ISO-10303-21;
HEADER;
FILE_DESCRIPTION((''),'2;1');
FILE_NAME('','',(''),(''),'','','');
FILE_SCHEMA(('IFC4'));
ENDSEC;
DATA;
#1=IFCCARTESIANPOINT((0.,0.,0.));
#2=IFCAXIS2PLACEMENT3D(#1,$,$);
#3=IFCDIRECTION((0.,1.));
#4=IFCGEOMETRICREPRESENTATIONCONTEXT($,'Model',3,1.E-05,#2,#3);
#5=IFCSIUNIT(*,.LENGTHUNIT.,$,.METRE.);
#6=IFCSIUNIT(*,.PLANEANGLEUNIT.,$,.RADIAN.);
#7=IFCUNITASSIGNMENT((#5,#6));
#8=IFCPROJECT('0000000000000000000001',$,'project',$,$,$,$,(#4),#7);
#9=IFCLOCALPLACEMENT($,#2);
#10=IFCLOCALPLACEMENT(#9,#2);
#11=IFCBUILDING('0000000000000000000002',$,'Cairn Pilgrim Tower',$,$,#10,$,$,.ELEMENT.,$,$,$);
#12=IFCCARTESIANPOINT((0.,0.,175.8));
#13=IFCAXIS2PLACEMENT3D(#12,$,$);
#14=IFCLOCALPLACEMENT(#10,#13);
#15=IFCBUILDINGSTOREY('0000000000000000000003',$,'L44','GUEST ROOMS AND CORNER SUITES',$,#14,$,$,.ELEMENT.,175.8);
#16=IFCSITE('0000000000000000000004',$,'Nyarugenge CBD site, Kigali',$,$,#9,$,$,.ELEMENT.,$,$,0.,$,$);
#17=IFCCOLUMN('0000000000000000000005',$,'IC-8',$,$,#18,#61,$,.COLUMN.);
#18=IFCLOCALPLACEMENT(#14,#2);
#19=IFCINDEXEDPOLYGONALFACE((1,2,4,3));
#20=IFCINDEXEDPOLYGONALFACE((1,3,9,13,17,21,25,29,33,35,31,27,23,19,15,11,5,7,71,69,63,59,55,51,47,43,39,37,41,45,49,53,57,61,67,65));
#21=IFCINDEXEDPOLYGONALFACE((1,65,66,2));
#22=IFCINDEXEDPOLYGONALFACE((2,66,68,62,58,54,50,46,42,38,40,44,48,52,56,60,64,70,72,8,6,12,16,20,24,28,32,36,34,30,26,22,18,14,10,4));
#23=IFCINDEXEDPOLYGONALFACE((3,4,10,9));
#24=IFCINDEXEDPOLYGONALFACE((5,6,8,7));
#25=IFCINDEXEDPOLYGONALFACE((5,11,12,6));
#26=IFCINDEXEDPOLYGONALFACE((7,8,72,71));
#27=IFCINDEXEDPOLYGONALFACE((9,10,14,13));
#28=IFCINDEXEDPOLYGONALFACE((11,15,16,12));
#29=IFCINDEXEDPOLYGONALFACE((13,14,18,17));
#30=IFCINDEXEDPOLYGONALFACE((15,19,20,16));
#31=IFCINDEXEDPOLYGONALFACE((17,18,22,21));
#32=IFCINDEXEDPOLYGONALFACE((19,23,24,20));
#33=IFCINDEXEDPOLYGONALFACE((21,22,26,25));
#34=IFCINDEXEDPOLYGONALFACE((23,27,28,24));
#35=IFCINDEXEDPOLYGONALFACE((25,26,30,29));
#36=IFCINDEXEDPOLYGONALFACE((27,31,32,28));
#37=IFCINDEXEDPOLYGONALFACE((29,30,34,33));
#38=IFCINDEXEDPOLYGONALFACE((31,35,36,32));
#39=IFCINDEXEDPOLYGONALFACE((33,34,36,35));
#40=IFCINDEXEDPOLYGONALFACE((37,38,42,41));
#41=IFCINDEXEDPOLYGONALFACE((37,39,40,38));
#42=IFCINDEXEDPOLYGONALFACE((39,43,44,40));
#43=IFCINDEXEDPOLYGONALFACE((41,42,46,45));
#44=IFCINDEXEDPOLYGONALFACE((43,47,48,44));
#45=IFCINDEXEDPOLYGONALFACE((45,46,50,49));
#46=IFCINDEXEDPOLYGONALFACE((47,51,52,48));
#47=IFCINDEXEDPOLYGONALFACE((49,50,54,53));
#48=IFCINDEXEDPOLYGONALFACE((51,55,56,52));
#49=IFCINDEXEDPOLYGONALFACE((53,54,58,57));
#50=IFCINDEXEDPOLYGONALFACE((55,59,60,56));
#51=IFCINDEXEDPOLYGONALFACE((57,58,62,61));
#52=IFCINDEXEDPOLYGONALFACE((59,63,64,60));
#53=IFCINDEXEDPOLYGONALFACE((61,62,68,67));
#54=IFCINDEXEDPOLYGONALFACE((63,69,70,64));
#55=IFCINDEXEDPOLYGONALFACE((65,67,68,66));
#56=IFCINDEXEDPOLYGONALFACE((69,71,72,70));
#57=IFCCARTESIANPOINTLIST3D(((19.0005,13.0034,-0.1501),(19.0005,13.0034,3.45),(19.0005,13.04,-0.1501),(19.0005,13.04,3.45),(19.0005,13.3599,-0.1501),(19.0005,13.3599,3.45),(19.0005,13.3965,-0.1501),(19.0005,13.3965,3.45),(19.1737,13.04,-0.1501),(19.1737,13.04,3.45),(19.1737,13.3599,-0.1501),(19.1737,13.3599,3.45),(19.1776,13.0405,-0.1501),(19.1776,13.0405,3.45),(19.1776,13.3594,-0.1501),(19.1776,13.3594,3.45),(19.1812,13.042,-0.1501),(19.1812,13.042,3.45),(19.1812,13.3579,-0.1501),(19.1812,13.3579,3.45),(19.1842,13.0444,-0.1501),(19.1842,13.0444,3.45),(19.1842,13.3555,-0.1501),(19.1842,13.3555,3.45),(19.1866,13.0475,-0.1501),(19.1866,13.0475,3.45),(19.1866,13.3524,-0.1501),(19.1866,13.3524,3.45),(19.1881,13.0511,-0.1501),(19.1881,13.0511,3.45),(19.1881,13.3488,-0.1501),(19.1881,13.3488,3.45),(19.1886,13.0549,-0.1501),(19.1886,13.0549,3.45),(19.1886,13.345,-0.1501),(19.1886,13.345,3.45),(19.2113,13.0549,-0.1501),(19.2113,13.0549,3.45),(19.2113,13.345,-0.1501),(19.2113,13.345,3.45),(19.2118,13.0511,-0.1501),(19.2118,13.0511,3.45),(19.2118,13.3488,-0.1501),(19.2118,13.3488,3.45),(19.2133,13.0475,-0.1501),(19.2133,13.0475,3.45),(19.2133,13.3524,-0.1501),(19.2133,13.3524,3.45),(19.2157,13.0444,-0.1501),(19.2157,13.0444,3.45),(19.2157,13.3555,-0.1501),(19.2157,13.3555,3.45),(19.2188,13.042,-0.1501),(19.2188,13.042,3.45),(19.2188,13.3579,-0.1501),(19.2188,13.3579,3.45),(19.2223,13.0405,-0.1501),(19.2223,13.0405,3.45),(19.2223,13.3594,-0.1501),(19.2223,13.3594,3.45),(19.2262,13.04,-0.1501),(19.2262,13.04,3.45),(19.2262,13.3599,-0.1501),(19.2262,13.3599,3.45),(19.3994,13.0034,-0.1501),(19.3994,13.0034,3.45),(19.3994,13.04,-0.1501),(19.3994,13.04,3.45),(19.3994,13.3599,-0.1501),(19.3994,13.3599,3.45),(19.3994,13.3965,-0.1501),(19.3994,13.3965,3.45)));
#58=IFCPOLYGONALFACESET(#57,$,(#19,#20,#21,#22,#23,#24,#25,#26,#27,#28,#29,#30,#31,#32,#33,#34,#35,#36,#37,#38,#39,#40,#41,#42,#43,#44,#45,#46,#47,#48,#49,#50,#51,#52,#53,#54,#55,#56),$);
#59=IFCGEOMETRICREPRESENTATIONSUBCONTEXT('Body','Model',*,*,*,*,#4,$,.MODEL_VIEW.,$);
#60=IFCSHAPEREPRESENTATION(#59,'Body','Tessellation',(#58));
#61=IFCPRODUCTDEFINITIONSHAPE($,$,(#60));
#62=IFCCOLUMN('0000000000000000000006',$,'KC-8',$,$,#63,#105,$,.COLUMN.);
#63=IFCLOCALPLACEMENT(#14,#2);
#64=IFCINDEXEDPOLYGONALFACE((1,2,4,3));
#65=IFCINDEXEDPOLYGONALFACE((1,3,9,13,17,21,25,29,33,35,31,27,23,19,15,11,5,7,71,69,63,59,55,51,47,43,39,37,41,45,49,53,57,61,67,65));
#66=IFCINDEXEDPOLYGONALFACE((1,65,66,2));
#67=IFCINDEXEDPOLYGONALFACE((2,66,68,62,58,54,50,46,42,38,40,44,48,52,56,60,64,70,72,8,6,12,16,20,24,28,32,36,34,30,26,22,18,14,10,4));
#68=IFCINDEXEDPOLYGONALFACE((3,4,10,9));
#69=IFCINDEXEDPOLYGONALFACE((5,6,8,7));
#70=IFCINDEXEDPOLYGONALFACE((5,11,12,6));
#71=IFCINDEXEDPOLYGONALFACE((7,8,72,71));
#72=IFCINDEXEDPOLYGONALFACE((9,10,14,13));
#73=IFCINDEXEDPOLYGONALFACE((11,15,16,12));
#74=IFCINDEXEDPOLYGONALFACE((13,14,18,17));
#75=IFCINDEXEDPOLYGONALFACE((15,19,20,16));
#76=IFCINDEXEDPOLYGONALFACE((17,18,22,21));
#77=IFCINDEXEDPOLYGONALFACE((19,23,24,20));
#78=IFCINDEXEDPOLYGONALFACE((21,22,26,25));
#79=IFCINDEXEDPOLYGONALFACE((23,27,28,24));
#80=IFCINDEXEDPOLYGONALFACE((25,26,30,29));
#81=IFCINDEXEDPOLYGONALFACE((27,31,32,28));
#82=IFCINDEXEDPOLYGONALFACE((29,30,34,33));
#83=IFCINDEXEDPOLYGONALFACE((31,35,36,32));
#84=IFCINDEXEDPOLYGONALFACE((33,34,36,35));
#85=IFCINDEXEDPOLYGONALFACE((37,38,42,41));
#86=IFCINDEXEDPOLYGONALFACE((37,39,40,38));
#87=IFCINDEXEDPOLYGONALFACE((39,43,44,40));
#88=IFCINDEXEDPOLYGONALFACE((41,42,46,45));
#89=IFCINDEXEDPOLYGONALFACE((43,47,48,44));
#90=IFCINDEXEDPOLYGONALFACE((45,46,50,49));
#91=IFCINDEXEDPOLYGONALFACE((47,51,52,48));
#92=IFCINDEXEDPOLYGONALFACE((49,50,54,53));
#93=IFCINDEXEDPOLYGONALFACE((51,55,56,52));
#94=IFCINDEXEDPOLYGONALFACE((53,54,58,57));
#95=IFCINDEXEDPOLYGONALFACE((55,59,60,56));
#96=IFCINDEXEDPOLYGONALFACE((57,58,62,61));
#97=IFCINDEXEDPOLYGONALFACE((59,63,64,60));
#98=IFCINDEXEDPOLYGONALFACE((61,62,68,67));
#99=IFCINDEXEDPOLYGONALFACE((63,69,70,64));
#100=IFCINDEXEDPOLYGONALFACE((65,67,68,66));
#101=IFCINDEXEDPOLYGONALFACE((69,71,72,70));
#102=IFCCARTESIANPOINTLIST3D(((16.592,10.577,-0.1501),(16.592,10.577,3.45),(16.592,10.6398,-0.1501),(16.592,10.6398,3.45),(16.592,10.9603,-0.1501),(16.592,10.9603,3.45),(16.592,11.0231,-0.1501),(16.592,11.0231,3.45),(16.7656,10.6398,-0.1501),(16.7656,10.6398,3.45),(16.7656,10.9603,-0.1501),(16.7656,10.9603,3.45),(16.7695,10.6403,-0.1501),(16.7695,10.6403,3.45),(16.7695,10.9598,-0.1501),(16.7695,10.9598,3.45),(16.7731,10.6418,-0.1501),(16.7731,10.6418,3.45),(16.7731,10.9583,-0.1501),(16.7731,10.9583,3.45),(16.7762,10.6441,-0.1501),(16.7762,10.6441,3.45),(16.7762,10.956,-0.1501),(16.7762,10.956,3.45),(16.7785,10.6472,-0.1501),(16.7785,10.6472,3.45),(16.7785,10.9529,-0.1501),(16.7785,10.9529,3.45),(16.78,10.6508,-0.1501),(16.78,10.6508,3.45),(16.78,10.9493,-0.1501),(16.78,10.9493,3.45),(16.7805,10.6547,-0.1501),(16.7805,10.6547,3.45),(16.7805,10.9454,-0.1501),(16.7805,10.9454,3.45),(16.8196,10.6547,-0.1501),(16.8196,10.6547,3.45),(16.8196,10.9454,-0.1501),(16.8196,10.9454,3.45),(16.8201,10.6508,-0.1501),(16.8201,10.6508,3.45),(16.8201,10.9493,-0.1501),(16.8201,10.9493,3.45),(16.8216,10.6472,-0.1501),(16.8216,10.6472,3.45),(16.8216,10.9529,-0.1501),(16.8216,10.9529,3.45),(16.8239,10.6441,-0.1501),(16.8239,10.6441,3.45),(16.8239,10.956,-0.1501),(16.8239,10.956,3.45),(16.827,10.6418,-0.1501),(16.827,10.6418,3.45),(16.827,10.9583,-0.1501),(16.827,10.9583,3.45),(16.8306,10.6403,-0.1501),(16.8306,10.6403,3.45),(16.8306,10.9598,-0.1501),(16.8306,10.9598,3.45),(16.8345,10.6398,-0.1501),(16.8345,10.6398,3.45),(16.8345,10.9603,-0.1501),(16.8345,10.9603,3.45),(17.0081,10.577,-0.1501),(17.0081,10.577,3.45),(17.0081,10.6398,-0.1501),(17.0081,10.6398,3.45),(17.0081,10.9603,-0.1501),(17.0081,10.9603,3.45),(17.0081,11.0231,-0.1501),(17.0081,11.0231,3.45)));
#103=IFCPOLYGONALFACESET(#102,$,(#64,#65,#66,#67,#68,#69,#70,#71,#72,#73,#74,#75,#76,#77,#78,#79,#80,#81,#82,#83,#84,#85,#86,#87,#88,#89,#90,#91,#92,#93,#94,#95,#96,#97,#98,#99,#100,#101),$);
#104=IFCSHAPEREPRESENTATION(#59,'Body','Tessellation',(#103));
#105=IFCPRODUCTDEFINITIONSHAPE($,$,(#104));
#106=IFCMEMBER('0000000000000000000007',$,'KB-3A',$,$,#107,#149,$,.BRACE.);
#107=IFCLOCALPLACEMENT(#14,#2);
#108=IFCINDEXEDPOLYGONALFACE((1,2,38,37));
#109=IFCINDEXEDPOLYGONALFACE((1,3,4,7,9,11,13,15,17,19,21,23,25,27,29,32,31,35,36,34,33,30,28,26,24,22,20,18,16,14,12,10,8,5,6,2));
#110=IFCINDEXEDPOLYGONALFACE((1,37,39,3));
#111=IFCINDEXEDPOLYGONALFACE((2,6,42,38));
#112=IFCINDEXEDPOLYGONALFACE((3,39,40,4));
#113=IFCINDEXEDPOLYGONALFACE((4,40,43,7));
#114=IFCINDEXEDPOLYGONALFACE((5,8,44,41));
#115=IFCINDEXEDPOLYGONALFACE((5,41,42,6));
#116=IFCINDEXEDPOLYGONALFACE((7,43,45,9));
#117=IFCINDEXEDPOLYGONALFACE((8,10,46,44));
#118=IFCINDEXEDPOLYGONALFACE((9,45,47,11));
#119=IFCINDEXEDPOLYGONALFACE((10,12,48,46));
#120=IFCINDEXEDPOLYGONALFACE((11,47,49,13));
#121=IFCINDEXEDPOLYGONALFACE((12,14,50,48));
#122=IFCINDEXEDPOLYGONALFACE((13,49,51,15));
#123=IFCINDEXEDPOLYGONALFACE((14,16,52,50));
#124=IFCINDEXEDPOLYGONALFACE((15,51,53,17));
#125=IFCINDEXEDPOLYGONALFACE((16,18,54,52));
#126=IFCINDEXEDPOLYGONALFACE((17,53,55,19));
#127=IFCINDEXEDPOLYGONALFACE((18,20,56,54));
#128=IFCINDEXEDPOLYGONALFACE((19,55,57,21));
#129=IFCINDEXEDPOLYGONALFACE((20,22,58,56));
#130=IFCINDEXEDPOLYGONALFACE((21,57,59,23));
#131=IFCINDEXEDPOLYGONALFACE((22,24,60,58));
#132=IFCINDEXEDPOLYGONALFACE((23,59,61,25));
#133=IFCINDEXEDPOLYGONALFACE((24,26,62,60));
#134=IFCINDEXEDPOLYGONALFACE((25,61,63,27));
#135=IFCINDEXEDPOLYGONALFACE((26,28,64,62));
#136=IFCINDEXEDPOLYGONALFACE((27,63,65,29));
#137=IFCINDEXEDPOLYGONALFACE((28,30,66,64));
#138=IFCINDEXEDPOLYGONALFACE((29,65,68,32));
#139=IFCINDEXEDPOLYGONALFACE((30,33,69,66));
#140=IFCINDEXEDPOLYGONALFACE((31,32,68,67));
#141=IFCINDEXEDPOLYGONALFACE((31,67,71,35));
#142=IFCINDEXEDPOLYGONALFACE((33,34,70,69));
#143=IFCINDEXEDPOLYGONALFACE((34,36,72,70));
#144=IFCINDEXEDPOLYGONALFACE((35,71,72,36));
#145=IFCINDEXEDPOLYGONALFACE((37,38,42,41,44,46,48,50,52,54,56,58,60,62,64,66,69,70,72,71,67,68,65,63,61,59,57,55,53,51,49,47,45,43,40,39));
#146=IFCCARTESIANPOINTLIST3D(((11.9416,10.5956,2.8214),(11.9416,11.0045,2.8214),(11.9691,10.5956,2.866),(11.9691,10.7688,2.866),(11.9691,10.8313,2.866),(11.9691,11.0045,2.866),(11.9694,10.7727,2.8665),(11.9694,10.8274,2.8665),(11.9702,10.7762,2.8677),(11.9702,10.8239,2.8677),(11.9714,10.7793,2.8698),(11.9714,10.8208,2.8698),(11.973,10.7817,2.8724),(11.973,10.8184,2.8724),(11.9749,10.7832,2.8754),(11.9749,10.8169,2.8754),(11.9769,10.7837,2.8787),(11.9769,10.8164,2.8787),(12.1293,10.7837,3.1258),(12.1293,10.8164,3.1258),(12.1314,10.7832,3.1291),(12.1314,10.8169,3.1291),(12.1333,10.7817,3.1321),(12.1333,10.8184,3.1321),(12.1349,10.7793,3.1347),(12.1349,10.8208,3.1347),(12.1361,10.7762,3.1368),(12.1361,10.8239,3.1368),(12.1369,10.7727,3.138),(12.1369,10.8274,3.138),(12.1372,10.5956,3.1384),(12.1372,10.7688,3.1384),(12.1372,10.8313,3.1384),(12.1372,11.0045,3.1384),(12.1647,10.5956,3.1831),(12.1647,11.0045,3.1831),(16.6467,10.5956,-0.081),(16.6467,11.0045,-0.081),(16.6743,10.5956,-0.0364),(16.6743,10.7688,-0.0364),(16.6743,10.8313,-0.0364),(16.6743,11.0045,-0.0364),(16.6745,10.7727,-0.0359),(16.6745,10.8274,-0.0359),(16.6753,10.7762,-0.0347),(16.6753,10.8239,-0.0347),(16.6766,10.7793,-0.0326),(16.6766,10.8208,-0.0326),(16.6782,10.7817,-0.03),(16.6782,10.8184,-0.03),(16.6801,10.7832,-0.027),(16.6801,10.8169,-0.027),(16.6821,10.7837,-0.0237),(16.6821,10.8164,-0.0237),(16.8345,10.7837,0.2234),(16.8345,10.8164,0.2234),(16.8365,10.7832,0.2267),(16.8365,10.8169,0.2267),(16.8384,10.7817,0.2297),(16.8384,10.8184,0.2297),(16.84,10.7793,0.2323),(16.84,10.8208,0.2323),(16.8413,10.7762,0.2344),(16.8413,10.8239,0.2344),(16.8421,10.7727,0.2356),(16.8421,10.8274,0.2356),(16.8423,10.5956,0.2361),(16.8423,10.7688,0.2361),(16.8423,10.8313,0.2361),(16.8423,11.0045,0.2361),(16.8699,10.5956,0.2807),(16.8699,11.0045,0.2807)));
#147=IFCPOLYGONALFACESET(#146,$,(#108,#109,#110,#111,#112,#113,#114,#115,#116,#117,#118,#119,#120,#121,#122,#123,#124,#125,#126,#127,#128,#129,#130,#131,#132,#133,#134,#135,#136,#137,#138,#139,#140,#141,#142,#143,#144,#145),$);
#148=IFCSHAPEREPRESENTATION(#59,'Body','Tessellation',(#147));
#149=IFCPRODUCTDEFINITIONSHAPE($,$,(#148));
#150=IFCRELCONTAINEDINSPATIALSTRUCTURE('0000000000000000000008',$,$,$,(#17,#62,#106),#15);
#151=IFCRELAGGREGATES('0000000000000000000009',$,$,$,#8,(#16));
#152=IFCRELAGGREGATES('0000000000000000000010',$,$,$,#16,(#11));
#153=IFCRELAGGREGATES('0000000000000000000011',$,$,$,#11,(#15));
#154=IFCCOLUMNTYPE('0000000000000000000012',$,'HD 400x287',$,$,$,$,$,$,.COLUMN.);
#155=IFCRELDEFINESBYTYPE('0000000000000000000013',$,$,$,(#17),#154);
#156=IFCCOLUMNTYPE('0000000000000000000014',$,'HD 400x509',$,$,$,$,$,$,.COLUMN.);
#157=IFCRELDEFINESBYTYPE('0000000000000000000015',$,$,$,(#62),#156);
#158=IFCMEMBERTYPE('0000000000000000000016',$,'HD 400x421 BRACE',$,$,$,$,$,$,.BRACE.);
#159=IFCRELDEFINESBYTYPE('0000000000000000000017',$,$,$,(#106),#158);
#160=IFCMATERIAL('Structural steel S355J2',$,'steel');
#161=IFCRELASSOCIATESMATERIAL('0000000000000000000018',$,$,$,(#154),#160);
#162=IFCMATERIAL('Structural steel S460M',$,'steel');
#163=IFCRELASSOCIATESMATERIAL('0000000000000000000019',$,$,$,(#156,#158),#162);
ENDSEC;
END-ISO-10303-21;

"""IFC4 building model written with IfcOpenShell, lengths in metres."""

from ifc_helpers import new_model, si_unit, direction, frame, origin, origin_2d, place, context, subcontext, project, spatial, i_section, extrude, material, material_profile, profile_set, type_object, element, save


model = new_model("IFC4")

# Units and contexts
model_context = context("Model", 3, precision=1e-05, world=origin(), true_north=direction((0.0, 1.0)))
body_context = subcontext(model_context, "Body", "Model", "MODEL_VIEW")
ifc_project = project(units=[si_unit("LENGTHUNIT", "METRE"), si_unit("PLANEANGLEUNIT", "RADIAN")], contexts=[model_context])

# Site, building, storey
site_placement = place(None, origin())
site = spatial("IfcSite", under=ifc_project, at=site_placement, Name="Nyarugenge CBD site, Kigali", CompositionType="ELEMENT", RefElevation=0.0)
building_placement = place(site_placement, origin())
building = spatial("IfcBuilding", under=site, at=building_placement, Name="Cairn Pilgrim Tower", CompositionType="ELEMENT")
storey_placement = place(building_placement, frame((0.0, 0.0, 175.8)))
storey = spatial("IfcBuildingStorey", under=building, at=storey_placement, Name="L44", Description="GUEST ROOMS AND CORNER SUITES", CompositionType="ELEMENT", Elevation=175.8)

# Columns
ifc_material_1 = material(Name="Structural steel S355J2", Category="steel")
ifc_material_profile_1 = material_profile(ifc_material_1, i_section(OverallWidth=0.3989, OverallDepth=0.3931, WebThickness=0.0227, FlangeThickness=0.0366, FilletRadius=0.0149, at=origin_2d()), Name="HD 400x287")
ifc_profile_set_1 = profile_set([ifc_material_profile_1], Name="Structural steel S355J2")
column_type_1 = type_object("IfcColumnType", Name="HD 400x287", PredefinedType="COLUMN", material=ifc_profile_set_1)
column_1_placement = place(storey_placement, frame((19.2, 13.2, -0.1501), z_axis=(0.0, 0.0, 1.0), x_axis=(1.0, 0.0, 0.0)))
element("IfcColumn", 1, at=column_1_placement, inside=storey, type_object=column_type_1, Name="IC-8", PredefinedType="COLUMN", context=body_context, shape_type="SweptSolid", body=[
    extrude(i_section(OverallWidth=0.3989, OverallDepth=0.3931, WebThickness=0.0227, FlangeThickness=0.0366, FilletRadius=0.0149, at=origin_2d()), origin(), (0.0, 0.0, 1.0), 3.6001),
])
ifc_material_2 = material(Name="Structural steel S460M", Category="steel")
ifc_material_profile_2 = material_profile(ifc_material_2, i_section(OverallWidth=0.416, OverallDepth=0.446, WebThickness=0.0391, FlangeThickness=0.0627, FilletRadius=0.0149, at=origin_2d()), Name="HD 400x509")
ifc_profile_set_2 = profile_set([ifc_material_profile_2], Name="Structural steel S460M")
column_type_2 = type_object("IfcColumnType", Name="HD 400x509", PredefinedType="COLUMN", material=ifc_profile_set_2)
column_2_placement = place(storey_placement, frame((16.8, 10.8, -0.1501), z_axis=(0.0, 0.0, 1.0), x_axis=(1.0, 0.0, 0.0)))
element("IfcColumn", 2, at=column_2_placement, inside=storey, type_object=column_type_2, Name="KC-8", PredefinedType="COLUMN", context=body_context, shape_type="SweptSolid", body=[
    extrude(i_section(OverallWidth=0.416, OverallDepth=0.446, WebThickness=0.0391, FlangeThickness=0.0627, FilletRadius=0.0149, at=origin_2d()), origin(), (0.0, 0.0, 1.0), 3.6001),
])

# Member
ifc_material_profile_3 = material_profile(ifc_material_2, i_section(OverallWidth=0.4089, OverallDepth=0.425, WebThickness=0.0327, FlangeThickness=0.0525, FilletRadius=0.0149, at=origin_2d()), Name="HD 400x421")
ifc_profile_set_3 = profile_set([ifc_material_profile_3], Name="Structural steel S460M")
member_type = type_object("IfcMemberType", Name="HD 400x421 BRACE", PredefinedType="BRACE", material=ifc_profile_set_3)
member_placement = place(storey_placement, frame((16.7583, 10.8, 0.0999), z_axis=(-0.8511, 0.0, 0.525004), x_axis=(0.0, -1.0, 0.0)))
element("IfcMember", 3, at=member_placement, inside=storey, type_object=member_type, Name="KB-3A", PredefinedType="BRACE", context=body_context, shape_type="SweptSolid", body=[
    extrude(i_section(OverallWidth=0.4089, OverallDepth=0.425, WebThickness=0.0327, FlangeThickness=0.0525, FilletRadius=0.0149, at=origin_2d()), origin(), (0.0, 0.0, 1.0), 5.5283),
])

save(model, "model.ifc")
